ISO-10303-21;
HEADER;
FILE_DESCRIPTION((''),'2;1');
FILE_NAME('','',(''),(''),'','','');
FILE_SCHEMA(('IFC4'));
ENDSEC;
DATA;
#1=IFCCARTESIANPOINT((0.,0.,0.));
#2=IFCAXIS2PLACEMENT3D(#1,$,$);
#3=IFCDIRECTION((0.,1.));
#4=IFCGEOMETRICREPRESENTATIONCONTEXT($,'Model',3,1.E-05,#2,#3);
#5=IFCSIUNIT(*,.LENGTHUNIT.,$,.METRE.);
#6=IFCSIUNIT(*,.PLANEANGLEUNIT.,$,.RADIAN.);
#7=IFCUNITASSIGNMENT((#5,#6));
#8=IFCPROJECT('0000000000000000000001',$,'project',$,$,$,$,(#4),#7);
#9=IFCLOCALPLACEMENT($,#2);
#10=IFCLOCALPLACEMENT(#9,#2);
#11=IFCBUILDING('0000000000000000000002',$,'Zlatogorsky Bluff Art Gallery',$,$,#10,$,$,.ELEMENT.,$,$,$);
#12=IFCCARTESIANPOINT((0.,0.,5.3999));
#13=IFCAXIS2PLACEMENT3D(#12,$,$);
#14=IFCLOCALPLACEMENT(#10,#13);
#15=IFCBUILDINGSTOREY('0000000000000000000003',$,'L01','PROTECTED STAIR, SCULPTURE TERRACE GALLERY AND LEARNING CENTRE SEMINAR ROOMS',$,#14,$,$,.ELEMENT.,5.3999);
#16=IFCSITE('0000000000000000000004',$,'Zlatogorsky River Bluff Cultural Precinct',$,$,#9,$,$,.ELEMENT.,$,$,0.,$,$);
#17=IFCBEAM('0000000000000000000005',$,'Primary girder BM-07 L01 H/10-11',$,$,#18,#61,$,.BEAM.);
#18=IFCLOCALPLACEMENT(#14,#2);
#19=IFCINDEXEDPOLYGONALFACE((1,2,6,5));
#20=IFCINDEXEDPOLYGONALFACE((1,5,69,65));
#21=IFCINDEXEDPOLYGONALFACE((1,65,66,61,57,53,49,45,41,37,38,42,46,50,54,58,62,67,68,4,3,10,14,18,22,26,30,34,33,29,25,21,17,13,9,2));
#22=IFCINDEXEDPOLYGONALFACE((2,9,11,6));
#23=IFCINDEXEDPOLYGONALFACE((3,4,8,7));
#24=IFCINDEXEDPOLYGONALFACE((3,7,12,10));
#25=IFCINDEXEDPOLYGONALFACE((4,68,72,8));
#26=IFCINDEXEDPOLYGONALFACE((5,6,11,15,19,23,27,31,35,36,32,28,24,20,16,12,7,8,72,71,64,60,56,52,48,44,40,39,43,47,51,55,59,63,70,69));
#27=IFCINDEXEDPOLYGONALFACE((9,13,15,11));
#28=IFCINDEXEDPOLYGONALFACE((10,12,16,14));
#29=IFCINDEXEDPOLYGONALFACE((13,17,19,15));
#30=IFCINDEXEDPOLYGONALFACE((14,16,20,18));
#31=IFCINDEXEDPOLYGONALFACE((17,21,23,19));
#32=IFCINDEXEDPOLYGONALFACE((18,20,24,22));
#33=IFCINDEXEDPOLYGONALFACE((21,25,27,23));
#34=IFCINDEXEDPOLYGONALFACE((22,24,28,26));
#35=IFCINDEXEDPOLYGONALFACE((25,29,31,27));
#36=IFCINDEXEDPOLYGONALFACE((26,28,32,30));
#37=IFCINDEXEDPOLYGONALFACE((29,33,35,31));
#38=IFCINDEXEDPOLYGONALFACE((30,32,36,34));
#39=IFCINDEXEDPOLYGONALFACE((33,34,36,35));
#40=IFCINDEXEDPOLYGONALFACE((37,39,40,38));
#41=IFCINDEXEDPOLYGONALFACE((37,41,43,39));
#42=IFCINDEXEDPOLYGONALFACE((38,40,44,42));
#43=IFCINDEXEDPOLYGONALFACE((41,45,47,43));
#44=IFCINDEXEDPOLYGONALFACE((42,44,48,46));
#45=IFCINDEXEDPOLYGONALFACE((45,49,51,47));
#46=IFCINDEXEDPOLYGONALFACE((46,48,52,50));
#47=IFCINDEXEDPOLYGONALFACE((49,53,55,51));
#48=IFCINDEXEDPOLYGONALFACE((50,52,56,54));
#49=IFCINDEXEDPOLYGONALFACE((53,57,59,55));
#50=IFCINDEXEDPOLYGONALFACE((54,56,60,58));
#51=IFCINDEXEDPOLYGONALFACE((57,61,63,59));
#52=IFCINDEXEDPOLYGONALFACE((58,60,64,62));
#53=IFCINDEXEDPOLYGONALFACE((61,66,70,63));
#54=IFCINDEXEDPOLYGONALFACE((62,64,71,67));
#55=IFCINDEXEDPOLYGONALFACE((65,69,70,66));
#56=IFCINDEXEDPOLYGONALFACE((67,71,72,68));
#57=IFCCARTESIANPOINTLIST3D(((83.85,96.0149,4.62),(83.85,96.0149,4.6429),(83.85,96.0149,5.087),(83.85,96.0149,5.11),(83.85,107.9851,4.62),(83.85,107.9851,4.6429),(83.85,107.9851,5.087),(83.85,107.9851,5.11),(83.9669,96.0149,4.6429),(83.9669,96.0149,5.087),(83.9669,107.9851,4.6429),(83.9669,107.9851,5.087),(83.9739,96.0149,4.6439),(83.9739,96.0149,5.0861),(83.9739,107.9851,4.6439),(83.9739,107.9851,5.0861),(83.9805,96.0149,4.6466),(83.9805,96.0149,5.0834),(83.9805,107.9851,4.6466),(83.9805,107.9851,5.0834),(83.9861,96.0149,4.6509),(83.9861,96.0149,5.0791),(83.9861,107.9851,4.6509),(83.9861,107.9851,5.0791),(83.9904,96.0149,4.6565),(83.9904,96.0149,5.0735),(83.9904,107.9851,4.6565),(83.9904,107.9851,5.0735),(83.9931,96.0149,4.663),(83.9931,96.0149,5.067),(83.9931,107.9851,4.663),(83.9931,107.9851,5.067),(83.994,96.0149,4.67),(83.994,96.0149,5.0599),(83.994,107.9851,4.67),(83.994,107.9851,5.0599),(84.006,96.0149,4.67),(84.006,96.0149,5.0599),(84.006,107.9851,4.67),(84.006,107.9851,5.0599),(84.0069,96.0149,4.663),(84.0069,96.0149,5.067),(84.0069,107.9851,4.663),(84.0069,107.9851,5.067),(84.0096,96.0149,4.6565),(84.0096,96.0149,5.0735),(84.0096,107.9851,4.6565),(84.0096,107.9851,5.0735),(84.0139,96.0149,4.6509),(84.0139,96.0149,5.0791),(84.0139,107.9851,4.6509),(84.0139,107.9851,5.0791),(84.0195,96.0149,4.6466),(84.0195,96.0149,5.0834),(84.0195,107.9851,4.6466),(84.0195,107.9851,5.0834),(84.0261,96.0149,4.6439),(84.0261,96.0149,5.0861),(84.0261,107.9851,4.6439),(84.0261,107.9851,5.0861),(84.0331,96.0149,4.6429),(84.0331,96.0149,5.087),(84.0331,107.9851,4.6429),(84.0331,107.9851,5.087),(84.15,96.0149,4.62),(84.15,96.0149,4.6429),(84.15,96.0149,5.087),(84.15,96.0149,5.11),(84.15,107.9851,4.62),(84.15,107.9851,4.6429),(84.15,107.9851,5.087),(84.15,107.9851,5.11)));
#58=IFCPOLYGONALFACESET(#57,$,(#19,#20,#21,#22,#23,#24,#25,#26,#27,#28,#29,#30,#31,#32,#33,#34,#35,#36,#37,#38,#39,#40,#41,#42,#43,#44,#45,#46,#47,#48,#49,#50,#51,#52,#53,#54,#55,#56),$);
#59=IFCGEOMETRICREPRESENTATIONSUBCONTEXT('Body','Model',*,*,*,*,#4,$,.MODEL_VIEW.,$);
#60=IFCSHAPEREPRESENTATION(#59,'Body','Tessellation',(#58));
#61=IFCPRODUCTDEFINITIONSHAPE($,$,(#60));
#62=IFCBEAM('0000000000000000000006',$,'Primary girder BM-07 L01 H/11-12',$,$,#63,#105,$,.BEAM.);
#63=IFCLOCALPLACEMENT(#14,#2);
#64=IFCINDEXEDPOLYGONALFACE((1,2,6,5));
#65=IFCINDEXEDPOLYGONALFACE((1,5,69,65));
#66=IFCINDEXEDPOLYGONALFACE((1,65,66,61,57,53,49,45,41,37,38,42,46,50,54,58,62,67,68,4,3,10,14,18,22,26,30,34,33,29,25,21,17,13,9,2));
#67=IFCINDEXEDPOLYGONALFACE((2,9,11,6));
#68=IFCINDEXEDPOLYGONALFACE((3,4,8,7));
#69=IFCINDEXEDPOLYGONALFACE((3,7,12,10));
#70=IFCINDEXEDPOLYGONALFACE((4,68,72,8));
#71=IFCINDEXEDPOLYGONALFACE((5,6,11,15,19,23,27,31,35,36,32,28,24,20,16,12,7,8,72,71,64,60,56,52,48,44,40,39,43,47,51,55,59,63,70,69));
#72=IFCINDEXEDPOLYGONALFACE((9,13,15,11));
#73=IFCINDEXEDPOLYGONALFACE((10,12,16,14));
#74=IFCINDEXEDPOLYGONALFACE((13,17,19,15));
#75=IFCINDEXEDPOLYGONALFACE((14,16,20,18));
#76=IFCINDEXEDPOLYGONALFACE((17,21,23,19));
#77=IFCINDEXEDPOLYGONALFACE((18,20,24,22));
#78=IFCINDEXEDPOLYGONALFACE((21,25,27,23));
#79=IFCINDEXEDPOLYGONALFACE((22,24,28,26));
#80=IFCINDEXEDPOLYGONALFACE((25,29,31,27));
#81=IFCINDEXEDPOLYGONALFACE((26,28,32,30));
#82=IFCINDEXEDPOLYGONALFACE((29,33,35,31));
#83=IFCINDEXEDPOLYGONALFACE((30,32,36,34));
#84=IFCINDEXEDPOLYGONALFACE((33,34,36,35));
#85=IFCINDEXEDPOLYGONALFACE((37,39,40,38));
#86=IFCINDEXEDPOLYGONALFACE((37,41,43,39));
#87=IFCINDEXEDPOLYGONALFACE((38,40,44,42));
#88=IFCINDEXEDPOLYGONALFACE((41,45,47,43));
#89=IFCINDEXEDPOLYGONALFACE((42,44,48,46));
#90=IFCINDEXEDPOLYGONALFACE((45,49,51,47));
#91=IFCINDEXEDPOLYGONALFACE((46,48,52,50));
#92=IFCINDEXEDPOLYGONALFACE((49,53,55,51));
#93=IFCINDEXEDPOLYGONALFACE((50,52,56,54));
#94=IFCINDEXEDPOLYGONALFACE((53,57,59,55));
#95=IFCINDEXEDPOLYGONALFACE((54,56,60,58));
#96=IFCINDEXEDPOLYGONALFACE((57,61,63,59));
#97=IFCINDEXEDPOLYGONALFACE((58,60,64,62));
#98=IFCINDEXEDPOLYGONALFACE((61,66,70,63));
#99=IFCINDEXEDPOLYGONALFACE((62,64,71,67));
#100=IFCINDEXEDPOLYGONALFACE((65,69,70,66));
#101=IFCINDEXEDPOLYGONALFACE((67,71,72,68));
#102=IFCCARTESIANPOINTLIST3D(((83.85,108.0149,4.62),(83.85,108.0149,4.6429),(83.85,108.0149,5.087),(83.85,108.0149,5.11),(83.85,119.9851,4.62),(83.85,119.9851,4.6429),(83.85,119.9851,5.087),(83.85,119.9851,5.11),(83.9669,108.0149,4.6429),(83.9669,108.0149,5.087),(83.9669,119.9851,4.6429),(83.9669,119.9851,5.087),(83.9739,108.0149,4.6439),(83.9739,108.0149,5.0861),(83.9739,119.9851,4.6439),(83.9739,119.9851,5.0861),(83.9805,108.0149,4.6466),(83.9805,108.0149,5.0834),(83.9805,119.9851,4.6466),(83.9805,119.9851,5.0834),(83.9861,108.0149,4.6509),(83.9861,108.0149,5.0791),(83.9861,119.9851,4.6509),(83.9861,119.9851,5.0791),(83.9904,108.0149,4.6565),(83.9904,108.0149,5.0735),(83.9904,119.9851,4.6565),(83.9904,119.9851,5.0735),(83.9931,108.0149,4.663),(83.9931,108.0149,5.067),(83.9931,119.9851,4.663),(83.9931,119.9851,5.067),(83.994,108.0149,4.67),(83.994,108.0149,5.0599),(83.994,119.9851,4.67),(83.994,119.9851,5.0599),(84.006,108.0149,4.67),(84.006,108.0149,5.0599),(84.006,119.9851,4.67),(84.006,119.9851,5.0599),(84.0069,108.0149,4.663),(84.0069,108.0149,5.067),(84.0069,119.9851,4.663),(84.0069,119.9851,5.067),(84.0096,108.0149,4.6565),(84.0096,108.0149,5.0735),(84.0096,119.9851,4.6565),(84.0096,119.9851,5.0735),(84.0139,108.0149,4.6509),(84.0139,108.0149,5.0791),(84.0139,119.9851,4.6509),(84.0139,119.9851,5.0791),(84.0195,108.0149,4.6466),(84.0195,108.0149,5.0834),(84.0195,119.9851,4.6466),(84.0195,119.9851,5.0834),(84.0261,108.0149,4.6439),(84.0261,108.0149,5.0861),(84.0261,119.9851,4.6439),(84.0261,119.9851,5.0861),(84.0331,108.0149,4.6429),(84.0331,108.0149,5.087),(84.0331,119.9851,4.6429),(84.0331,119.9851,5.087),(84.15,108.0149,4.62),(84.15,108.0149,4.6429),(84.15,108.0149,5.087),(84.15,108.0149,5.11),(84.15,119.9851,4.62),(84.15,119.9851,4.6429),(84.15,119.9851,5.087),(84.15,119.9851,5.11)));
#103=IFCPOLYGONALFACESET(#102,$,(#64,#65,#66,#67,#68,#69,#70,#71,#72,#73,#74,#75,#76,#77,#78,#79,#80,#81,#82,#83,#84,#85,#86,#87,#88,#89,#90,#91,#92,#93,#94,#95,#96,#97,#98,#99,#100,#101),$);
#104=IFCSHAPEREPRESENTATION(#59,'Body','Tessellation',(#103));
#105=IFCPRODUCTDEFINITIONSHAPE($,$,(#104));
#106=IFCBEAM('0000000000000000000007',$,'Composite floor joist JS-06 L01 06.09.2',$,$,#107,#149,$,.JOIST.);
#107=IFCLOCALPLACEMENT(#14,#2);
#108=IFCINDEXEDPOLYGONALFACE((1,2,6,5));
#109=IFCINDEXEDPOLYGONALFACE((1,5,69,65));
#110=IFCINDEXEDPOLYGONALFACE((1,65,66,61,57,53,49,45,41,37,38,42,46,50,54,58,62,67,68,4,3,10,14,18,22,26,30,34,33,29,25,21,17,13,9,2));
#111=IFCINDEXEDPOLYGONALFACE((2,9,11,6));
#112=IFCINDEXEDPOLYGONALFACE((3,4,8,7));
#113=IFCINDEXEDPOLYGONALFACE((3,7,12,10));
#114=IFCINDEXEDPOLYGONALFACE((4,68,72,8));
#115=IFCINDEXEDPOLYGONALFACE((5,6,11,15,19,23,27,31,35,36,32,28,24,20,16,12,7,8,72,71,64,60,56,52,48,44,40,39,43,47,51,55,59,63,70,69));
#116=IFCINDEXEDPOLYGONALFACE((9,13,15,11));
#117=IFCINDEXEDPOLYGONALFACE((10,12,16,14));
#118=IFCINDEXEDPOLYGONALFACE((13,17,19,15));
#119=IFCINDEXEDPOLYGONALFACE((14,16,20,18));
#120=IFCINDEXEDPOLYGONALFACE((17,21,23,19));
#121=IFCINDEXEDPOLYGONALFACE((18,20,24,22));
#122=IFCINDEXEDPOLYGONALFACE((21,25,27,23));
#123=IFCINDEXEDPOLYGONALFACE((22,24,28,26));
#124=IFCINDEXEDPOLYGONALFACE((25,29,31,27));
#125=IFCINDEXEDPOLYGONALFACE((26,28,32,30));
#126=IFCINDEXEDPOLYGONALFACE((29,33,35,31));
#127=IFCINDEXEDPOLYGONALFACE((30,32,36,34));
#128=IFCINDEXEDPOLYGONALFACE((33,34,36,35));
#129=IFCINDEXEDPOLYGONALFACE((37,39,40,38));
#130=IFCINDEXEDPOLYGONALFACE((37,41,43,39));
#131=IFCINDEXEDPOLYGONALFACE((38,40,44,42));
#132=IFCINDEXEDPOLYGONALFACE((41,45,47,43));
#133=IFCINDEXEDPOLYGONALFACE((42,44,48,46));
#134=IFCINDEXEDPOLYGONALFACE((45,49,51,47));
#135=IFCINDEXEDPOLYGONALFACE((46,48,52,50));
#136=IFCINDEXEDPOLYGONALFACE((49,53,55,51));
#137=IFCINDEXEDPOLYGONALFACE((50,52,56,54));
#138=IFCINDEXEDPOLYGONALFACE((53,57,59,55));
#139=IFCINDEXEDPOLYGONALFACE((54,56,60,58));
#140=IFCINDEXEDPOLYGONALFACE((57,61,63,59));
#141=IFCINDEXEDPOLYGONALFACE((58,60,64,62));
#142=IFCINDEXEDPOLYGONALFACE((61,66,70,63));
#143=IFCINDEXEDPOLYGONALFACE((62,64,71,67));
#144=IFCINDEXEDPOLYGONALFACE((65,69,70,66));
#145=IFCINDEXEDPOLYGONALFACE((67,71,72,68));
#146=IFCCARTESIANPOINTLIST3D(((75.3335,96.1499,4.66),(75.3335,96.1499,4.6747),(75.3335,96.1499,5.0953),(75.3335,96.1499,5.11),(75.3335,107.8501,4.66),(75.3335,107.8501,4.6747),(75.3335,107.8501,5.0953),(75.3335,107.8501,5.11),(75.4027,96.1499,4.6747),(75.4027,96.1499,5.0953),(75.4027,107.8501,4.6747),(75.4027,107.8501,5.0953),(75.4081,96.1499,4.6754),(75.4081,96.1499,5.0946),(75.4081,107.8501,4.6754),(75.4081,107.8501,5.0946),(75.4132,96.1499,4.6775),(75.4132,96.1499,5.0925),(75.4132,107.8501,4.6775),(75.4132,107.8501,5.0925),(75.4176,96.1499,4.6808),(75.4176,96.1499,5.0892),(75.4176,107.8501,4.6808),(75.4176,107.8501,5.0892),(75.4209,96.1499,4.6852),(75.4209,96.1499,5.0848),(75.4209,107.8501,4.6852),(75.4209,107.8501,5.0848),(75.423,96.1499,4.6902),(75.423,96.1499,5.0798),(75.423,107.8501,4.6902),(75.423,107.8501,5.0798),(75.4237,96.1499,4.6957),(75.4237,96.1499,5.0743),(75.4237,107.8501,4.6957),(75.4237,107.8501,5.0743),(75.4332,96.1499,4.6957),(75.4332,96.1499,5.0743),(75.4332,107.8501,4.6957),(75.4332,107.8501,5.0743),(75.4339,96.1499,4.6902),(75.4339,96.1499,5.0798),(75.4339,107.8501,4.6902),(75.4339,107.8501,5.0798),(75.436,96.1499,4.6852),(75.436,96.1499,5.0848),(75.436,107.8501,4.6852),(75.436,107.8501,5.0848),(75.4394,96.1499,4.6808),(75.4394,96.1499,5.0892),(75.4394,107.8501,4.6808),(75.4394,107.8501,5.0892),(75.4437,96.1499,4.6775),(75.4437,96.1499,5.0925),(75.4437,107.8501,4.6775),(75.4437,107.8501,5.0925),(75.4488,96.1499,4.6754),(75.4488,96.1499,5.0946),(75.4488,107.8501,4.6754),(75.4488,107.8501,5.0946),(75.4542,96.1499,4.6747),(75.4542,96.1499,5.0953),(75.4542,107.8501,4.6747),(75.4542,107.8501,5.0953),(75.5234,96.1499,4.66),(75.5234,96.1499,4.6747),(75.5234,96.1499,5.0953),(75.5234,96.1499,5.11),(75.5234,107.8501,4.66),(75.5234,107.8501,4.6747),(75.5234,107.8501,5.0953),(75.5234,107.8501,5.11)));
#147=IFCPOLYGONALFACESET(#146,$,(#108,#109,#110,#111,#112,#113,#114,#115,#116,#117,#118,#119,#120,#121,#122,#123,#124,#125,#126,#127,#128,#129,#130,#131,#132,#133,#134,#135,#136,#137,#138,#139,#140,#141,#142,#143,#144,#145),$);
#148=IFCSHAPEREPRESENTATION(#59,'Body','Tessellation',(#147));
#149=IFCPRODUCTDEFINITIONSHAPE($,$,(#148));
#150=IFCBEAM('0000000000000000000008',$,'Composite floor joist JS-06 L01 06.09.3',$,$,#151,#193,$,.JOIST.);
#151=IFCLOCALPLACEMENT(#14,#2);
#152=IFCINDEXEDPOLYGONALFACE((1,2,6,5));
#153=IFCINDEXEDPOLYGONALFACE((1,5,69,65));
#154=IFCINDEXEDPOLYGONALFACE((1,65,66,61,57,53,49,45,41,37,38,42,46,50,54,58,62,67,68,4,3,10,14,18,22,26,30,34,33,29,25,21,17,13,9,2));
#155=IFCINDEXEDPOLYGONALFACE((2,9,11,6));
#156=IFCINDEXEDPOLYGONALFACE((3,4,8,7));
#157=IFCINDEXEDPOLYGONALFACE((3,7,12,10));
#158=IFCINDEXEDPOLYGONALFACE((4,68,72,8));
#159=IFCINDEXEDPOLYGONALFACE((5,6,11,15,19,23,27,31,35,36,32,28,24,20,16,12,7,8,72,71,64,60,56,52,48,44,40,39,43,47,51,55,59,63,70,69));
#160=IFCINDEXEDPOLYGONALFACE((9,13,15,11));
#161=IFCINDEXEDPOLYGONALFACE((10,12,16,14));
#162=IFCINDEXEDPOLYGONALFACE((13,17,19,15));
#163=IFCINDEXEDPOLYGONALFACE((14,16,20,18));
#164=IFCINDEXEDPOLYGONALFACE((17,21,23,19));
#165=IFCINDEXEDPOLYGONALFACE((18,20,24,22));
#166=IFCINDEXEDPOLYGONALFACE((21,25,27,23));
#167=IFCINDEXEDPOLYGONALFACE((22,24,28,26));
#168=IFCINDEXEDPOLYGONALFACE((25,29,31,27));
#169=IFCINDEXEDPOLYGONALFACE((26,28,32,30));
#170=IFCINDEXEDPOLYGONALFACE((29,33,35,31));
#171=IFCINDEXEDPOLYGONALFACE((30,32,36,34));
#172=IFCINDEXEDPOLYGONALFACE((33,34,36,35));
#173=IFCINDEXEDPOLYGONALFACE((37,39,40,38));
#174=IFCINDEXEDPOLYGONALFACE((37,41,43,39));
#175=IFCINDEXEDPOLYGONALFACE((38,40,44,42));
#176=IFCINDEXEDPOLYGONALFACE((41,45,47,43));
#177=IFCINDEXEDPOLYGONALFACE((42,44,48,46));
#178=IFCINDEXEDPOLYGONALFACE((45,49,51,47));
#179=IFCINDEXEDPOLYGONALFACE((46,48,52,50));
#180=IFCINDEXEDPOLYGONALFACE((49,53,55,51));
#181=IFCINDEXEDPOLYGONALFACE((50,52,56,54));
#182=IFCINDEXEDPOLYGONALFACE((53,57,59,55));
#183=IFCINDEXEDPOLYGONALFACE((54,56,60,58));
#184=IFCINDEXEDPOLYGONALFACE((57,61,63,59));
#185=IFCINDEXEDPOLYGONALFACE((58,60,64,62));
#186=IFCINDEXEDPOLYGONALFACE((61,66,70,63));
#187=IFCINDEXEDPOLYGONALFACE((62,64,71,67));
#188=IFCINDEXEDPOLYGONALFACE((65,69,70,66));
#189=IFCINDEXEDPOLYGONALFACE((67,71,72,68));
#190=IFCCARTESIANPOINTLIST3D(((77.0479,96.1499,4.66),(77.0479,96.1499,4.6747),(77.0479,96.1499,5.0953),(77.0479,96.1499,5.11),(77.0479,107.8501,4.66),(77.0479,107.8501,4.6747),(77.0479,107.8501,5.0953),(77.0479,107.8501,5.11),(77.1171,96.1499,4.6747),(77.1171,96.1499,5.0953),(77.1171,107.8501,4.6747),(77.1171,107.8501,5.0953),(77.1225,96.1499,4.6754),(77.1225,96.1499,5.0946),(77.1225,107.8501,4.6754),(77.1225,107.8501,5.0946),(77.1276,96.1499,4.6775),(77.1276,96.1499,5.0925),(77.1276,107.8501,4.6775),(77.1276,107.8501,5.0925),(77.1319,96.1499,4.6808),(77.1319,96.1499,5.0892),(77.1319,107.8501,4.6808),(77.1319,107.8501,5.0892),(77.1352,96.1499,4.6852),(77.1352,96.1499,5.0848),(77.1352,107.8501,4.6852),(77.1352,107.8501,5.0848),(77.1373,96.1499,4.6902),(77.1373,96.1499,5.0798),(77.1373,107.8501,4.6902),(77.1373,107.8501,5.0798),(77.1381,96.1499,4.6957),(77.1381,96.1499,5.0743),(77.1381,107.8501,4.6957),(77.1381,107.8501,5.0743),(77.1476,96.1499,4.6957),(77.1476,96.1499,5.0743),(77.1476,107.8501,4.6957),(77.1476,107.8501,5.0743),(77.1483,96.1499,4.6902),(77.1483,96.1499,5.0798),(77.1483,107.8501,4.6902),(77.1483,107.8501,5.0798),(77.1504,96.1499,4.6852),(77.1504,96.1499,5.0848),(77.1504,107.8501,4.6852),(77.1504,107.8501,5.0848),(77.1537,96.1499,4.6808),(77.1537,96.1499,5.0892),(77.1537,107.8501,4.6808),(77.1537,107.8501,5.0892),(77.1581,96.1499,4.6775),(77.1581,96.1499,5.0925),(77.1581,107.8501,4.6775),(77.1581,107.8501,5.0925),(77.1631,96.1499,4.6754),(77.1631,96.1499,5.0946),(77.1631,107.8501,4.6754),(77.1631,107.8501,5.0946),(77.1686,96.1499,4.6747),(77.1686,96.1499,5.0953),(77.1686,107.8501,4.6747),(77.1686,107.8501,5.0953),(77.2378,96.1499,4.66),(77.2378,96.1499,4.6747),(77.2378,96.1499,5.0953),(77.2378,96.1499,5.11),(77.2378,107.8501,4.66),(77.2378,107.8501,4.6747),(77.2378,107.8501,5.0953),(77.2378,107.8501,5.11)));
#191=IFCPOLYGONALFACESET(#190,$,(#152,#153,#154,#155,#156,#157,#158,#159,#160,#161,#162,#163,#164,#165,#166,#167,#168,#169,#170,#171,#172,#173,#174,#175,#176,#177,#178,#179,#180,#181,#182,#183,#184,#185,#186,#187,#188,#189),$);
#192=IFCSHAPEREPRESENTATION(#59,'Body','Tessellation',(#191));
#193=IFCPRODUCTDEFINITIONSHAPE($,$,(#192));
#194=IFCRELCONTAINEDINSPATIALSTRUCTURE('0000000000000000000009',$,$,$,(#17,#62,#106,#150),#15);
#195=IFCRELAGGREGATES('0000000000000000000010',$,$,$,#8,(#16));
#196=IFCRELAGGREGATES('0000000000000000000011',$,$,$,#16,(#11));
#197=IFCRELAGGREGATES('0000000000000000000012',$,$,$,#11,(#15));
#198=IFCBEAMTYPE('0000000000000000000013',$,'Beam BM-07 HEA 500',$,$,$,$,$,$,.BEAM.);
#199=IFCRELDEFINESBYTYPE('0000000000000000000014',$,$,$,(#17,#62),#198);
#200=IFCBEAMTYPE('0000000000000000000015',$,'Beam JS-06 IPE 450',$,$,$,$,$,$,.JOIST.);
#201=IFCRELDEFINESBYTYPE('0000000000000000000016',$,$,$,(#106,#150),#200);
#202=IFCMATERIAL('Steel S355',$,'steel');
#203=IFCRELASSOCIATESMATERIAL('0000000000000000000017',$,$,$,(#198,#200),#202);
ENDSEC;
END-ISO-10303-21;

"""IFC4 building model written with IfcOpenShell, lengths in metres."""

from ifc_helpers import new_model, si_unit, direction, frame, origin, origin_2d, place, context, subcontext, project, spatial, i_section, extrude, material, material_profile, profile_set, type_object, element, save


model = new_model("IFC4")

# Units and contexts
model_context = context("Model", 3, precision=1e-05, world=origin(), true_north=direction((0.0, 1.0)))
body_context = subcontext(model_context, "Body", "Model", "MODEL_VIEW")
ifc_project = project(units=[si_unit("LENGTHUNIT", "METRE"), si_unit("PLANEANGLEUNIT", "RADIAN")], contexts=[model_context])

# Site, building, storey
site_placement = place(None, origin())
site = spatial("IfcSite", under=ifc_project, at=site_placement, Name="Zlatogorsky River Bluff Cultural Precinct", CompositionType="ELEMENT", RefElevation=0.0)
building_placement = place(site_placement, origin())
building = spatial("IfcBuilding", under=site, at=building_placement, Name="Zlatogorsky Bluff Art Gallery", CompositionType="ELEMENT")
storey_placement = place(building_placement, frame((0.0, 0.0, 5.3999)))
storey = spatial("IfcBuildingStorey", under=building, at=storey_placement, Name="L01", Description="PROTECTED STAIR, SCULPTURE TERRACE GALLERY AND LEARNING CENTRE SEMINAR ROOMS", CompositionType="ELEMENT", Elevation=5.3999)

# Shared definitions
ifc_material_1 = material(Name="Steel S355", Category="steel")

# Beams
ifc_material_profile_1 = material_profile(ifc_material_1, i_section(OverallWidth=0.3, OverallDepth=0.49, WebThickness=0.012, FlangeThickness=0.0229, FilletRadius=0.0271, at=origin_2d()), Name="HEA 500")
ifc_profile_set_1 = profile_set([ifc_material_profile_1], Name="Steel S355")
beam_type_1 = type_object("IfcBeamType", Name="Beam BM-07 HEA 500", PredefinedType="BEAM", material=ifc_profile_set_1)
for number, where, z_axis, x_axis, name in (
    (1, (84.0, 96.0149, 4.865), (0.0, 1.0, 0.0), (-1.0, 0.0, 0.0), "Primary girder BM-07 L01 H/10-11"),
    (2, (84.0, 108.0149, 4.865), (0.0, 1.0, 0.0), (-1.0, 0.0, 0.0), "Primary girder BM-07 L01 H/11-12"),
):
    element("IfcBeam", number, at=place(storey_placement, frame(where, z_axis=z_axis, x_axis=x_axis)), inside=storey, type_object=beam_type_1, Name=name, PredefinedType="BEAM", context=body_context, shape_type="SweptSolid", body=[
        extrude(i_section(OverallWidth=0.3, OverallDepth=0.49, WebThickness=0.012, FlangeThickness=0.0229, FilletRadius=0.0271, at=origin_2d()), origin(), (0.0, 0.0, 1.0), 11.9702),
    ])
ifc_material_profile_2 = material_profile(ifc_material_1, i_section(OverallWidth=0.1899, OverallDepth=0.45, WebThickness=0.0095, FlangeThickness=0.0146, FilletRadius=0.021, at=origin_2d()), Name="IPE 450")
ifc_profile_set_2 = profile_set([ifc_material_profile_2], Name="Steel S355")
beam_type_2 = type_object("IfcBeamType", Name="Beam JS-06 IPE 450", PredefinedType="JOIST", material=ifc_profile_set_2)
for number, where, z_axis, x_axis, name in (
    (3, (75.4285, 96.1499, 4.885), (0.0, 1.0, 0.0), (-1.0, 0.0, 0.0), "Composite floor joist JS-06 L01 06.09.2"),
    (4, (77.1428, 96.1499, 4.885), (0.0, 1.0, 0.0), (-1.0, 0.0, 0.0), "Composite floor joist JS-06 L01 06.09.3"),
):
    element("IfcBeam", number, at=place(storey_placement, frame(where, z_axis=z_axis, x_axis=x_axis)), inside=storey, type_object=beam_type_2, Name=name, PredefinedType="JOIST", context=body_context, shape_type="SweptSolid", body=[
        extrude(i_section(OverallWidth=0.1899, OverallDepth=0.45, WebThickness=0.0095, FlangeThickness=0.0146, FilletRadius=0.021, at=origin_2d()), origin(), (0.0, 0.0, 1.0), 11.7002),
    ])

save(model, "model.ifc")
